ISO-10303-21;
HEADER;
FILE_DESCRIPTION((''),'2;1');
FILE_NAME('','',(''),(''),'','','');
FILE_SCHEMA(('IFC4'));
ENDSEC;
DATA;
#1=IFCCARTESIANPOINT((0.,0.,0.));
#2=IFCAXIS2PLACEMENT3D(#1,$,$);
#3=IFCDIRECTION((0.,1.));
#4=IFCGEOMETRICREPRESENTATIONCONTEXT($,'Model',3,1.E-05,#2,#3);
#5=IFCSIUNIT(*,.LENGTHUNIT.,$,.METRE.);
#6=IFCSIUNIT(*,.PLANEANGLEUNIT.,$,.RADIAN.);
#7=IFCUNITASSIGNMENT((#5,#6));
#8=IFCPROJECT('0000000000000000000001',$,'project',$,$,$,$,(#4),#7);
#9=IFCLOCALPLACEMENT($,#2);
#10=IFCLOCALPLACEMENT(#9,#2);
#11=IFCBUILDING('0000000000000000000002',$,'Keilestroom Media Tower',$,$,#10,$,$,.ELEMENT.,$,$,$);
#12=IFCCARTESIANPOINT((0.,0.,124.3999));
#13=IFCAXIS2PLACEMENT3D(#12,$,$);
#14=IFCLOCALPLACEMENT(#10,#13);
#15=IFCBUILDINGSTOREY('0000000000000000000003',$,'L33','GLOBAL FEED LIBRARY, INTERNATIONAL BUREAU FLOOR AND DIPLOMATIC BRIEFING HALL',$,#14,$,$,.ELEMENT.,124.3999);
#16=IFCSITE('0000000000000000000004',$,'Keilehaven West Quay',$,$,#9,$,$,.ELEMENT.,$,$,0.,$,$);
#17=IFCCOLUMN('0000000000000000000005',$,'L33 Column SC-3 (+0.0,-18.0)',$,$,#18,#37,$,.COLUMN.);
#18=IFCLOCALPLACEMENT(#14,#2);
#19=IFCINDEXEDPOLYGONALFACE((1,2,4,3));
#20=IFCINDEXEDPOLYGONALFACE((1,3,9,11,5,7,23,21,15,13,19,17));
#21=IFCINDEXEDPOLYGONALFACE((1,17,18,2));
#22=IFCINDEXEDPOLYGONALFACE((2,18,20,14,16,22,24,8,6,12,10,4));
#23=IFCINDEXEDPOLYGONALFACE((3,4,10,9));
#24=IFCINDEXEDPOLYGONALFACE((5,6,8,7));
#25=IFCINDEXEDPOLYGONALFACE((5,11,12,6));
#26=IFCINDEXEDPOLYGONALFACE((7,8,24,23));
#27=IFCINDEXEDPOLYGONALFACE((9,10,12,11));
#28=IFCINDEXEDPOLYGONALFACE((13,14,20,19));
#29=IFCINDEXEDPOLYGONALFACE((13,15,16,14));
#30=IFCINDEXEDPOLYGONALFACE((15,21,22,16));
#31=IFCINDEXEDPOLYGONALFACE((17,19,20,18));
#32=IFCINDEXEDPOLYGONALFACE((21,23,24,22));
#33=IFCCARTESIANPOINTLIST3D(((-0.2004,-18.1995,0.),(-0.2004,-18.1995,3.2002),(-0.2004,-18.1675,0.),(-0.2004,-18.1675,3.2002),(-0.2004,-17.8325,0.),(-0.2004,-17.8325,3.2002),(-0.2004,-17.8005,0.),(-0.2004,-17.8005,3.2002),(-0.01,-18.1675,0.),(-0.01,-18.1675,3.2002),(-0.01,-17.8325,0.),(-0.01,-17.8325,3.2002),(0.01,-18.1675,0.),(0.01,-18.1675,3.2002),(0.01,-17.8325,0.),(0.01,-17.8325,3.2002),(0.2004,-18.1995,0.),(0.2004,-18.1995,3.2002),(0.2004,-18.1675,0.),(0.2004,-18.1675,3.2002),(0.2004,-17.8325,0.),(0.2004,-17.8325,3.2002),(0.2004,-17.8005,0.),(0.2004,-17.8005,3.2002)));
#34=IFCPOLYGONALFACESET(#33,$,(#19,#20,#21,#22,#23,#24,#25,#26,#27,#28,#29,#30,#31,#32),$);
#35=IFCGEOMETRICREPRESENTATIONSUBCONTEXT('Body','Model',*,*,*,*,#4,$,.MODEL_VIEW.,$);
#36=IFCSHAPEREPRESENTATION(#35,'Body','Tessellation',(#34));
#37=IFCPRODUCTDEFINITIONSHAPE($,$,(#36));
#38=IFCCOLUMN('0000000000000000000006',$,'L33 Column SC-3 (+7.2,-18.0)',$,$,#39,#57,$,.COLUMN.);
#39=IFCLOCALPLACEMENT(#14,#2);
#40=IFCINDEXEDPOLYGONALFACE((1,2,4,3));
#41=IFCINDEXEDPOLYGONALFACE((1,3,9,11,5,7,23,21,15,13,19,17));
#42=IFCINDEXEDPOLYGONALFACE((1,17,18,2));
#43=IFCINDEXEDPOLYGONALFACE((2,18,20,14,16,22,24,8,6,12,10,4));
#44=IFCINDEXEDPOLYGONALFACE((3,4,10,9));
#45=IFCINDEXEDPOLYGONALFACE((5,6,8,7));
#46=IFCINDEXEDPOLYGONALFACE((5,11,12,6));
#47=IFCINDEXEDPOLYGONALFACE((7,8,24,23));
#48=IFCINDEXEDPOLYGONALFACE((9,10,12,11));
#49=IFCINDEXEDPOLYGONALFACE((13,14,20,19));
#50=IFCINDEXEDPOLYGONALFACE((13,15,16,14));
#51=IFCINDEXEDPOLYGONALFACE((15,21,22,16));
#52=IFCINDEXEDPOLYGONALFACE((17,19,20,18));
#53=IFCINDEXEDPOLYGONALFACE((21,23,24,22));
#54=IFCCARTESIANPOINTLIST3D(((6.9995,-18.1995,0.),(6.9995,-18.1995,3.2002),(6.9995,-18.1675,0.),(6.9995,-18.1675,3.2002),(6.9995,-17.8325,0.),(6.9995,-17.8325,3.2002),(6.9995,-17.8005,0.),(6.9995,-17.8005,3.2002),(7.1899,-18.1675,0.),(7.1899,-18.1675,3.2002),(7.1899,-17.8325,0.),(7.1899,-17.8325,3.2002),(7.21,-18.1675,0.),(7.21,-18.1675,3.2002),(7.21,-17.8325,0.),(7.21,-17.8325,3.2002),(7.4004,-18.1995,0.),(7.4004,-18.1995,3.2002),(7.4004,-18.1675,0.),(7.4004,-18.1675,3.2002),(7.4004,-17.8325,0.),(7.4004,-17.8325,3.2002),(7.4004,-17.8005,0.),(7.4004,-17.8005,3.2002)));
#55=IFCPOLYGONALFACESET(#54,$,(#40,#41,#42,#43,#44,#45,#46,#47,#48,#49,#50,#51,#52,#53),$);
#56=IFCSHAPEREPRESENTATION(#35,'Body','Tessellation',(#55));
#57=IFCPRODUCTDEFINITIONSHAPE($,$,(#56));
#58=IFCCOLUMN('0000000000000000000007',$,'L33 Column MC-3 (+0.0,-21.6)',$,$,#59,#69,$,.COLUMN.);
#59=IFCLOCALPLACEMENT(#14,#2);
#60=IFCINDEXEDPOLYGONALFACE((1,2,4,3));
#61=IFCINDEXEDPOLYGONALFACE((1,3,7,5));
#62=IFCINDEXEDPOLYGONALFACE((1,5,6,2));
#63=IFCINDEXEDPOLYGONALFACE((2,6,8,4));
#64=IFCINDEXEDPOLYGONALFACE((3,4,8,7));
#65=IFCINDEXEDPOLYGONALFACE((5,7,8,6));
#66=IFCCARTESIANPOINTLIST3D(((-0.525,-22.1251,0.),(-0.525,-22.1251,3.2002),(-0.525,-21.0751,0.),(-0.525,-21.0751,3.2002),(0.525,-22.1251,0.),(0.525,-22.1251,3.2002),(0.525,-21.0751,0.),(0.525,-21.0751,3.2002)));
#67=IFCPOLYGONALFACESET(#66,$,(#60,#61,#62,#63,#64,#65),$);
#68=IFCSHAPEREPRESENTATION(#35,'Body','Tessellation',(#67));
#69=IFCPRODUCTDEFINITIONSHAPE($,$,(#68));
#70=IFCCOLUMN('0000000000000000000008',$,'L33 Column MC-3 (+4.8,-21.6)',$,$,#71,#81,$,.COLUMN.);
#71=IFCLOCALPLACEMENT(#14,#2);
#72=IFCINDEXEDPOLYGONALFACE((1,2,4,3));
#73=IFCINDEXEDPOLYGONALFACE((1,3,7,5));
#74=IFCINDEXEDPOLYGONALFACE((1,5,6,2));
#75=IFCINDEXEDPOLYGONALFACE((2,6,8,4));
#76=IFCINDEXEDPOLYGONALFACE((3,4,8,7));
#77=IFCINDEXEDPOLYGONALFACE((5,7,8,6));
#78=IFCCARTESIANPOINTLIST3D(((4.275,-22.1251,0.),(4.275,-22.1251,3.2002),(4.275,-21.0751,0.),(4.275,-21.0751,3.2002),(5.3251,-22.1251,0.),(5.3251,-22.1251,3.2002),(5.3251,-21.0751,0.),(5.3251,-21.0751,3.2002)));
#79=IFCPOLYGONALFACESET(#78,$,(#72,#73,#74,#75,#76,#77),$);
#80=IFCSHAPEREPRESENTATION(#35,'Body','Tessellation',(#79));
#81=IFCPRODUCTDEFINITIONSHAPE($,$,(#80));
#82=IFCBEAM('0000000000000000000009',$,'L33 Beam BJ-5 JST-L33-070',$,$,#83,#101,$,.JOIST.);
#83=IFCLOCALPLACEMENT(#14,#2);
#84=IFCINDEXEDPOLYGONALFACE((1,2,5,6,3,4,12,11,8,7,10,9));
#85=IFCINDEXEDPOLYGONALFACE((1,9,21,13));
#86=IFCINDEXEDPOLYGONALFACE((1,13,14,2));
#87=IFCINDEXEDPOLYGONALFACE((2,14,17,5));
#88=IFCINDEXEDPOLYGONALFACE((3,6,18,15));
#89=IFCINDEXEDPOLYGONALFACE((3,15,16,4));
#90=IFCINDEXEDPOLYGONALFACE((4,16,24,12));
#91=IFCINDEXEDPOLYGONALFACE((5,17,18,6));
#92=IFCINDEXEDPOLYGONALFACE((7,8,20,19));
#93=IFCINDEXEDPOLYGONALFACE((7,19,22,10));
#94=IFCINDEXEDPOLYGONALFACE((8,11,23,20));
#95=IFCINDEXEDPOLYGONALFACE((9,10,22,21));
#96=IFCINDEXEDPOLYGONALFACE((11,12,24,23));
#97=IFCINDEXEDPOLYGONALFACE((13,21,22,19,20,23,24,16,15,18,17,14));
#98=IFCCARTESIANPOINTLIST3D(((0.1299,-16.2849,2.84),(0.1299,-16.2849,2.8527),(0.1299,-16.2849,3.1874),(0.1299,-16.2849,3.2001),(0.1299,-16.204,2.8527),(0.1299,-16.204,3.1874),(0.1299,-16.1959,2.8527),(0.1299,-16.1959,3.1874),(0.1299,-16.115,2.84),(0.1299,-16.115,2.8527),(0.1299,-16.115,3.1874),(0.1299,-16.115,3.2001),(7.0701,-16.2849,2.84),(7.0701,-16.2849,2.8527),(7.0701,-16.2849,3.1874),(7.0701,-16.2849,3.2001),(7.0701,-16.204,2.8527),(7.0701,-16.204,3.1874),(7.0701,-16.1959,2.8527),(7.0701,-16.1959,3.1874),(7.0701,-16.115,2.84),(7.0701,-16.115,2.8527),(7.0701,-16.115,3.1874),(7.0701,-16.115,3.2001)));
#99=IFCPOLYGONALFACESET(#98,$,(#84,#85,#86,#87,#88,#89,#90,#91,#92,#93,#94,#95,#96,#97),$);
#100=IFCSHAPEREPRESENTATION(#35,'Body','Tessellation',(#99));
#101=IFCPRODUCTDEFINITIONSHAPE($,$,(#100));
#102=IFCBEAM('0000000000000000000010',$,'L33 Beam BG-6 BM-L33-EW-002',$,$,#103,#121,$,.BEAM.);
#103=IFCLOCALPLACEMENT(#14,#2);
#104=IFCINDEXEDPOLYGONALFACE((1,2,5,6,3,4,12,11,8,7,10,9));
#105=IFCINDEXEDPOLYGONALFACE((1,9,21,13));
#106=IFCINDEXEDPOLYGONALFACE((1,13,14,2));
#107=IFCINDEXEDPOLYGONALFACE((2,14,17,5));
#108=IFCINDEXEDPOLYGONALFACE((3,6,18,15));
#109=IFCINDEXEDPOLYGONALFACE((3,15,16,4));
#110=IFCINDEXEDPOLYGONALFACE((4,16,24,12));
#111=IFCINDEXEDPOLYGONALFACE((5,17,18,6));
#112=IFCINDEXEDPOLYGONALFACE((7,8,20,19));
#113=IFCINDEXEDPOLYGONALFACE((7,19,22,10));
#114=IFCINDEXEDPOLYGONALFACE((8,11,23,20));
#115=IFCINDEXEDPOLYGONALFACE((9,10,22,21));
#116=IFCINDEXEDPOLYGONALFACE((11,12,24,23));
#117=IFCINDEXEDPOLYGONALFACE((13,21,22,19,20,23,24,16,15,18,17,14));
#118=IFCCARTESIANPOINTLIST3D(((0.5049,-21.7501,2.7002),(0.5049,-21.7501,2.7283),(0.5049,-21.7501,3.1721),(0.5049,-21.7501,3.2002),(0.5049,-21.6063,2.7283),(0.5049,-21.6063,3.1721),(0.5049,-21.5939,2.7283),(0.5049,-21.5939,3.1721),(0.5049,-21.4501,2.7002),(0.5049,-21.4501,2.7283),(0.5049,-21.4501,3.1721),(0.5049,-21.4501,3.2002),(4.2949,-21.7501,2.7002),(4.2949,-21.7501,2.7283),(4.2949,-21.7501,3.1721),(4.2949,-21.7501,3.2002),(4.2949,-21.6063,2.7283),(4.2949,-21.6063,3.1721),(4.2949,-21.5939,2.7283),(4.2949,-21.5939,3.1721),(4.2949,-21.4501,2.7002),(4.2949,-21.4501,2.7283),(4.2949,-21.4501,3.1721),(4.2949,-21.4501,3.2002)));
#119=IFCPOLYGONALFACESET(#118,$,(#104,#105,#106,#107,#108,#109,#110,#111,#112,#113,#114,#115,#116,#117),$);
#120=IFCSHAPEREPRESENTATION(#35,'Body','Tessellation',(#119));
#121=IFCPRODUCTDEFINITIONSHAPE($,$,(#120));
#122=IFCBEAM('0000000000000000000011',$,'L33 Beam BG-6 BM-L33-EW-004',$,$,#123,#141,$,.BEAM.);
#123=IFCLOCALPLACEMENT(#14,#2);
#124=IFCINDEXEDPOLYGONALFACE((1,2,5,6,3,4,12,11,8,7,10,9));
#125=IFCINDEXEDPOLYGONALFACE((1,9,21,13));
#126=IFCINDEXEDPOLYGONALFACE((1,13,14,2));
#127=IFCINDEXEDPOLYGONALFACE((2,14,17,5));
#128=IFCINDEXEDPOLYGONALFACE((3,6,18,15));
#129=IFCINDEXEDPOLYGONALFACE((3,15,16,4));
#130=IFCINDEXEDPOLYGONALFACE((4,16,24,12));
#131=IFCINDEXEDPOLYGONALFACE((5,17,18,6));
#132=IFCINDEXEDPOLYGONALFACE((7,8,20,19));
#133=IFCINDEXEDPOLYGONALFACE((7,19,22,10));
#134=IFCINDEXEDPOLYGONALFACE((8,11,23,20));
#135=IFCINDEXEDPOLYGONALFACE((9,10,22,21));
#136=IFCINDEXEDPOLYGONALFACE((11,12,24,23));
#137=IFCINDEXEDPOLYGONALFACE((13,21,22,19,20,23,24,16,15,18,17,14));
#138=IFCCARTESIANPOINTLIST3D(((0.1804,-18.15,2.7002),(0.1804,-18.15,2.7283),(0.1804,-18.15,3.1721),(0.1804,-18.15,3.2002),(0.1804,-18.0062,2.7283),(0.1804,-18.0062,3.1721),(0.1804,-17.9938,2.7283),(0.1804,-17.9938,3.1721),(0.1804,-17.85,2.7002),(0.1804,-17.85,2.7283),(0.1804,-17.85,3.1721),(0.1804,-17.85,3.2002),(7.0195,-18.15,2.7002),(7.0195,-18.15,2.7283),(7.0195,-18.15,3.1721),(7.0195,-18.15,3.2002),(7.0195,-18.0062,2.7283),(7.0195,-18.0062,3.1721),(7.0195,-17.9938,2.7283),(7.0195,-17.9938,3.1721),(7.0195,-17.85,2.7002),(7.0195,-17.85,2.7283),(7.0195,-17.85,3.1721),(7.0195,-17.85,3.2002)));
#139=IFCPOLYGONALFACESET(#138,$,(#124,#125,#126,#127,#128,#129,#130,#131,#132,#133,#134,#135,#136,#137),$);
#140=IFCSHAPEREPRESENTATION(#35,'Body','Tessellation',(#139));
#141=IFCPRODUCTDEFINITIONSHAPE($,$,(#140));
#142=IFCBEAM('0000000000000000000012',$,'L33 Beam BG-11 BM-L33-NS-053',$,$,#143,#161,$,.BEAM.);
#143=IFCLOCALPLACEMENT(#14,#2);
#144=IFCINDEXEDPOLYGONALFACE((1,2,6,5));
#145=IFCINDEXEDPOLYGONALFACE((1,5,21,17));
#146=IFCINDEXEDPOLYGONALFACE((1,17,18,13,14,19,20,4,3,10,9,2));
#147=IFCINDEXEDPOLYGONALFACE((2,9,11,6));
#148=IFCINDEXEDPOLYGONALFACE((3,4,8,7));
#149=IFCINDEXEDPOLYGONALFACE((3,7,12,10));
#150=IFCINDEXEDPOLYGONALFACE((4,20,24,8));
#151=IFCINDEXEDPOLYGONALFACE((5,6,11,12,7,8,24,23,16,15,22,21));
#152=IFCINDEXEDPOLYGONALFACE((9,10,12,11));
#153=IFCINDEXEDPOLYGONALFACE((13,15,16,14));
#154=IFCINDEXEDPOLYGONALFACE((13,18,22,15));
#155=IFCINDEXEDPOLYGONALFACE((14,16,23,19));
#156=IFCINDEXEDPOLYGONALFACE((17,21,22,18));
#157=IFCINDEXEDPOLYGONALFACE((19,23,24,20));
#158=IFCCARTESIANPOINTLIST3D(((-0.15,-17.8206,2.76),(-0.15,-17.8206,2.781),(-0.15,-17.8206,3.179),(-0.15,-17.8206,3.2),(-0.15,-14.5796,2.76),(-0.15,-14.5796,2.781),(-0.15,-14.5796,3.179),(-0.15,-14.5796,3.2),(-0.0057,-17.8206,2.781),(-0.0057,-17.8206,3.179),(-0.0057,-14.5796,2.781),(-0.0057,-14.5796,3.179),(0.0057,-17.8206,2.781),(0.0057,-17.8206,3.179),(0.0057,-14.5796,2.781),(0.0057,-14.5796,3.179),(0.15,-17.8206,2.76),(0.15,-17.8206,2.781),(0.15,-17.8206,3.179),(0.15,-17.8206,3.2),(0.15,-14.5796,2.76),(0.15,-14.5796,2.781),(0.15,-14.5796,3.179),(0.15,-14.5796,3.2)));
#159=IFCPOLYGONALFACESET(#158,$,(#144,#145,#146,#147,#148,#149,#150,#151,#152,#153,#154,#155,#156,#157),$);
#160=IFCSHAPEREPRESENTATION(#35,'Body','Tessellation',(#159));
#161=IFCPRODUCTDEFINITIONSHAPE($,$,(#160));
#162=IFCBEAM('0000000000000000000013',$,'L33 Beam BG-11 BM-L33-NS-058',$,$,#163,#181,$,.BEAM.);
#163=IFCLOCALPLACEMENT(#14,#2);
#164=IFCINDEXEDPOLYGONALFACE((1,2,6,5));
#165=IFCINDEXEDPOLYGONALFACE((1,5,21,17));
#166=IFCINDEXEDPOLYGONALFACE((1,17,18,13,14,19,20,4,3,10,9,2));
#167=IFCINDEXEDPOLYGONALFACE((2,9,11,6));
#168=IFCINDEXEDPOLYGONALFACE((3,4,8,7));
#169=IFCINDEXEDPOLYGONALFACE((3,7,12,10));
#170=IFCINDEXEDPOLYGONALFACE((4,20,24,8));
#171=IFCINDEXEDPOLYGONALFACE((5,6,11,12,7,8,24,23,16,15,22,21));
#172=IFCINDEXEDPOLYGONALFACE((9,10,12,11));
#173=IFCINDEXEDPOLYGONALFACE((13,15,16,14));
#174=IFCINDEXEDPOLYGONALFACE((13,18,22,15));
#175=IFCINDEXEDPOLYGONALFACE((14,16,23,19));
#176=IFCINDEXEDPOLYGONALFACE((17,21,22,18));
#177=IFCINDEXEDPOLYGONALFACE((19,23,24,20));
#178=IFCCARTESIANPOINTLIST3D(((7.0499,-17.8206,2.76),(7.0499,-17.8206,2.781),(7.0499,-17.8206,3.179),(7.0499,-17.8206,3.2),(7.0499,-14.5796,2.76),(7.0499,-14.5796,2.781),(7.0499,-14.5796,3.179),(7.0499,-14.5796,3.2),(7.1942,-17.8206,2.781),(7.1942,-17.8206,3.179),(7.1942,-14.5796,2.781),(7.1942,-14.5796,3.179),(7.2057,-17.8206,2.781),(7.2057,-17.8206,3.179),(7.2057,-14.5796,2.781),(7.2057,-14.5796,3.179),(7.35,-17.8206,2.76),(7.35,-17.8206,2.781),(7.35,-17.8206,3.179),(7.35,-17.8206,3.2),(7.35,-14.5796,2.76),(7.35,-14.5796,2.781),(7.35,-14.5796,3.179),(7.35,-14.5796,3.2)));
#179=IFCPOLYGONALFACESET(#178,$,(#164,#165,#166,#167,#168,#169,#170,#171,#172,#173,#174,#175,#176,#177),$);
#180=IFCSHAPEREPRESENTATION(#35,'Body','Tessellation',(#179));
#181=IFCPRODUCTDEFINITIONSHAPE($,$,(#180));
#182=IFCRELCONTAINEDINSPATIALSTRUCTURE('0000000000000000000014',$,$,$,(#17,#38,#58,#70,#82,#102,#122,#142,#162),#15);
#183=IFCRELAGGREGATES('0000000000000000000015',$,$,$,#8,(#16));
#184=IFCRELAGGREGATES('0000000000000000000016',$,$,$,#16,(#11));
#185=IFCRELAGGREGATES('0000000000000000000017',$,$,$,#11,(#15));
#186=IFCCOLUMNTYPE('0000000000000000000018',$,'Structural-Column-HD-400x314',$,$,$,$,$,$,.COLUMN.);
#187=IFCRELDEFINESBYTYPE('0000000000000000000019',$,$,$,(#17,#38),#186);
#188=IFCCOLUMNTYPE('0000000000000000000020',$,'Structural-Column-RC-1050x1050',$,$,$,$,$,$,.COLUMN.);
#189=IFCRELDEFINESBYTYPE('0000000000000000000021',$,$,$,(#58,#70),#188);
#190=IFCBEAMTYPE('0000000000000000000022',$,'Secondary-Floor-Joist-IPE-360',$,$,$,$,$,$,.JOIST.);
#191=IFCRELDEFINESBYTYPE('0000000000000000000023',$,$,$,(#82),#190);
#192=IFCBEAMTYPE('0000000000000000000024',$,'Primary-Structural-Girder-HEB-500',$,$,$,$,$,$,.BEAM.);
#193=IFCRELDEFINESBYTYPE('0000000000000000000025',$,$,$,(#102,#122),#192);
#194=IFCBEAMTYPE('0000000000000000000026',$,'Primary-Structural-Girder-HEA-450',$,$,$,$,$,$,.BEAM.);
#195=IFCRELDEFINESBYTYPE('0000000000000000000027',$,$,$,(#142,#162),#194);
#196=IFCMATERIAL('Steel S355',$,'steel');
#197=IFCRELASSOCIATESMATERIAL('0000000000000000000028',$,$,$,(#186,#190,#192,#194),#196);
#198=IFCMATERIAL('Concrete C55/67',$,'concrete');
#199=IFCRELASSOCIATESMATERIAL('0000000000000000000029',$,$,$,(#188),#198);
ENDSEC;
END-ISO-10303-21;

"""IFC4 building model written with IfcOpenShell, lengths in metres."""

from ifc_helpers import new_model, si_unit, direction, frame, origin, origin_2d, place, context, subcontext, project, spatial, rectangle, i_section, extrude, source, transform, mapped, material, material_profile, profile_set, type_object, element, save


model = new_model("IFC4")

# Units and contexts
model_context = context("Model", 3, precision=1e-05, world=origin(), true_north=direction((0.0, 1.0)))
body_context = subcontext(model_context, "Body", "Model", "MODEL_VIEW")
ifc_project = project(units=[si_unit("LENGTHUNIT", "METRE"), si_unit("PLANEANGLEUNIT", "RADIAN")], contexts=[model_context])

# Site, building, storey
site_placement = place(None, origin())
site = spatial("IfcSite", under=ifc_project, at=site_placement, Name="Keilehaven West Quay", CompositionType="ELEMENT", RefElevation=0.0)
building_placement = place(site_placement, origin())
building = spatial("IfcBuilding", under=site, at=building_placement, Name="Keilestroom Media Tower", CompositionType="ELEMENT")
storey_placement = place(building_placement, frame((0.0, 0.0, 124.3999)))
storey = spatial("IfcBuildingStorey", under=building, at=storey_placement, Name="L33", Description="GLOBAL FEED LIBRARY, INTERNATIONAL BUREAU FLOOR AND DIPLOMATIC BRIEFING HALL", CompositionType="ELEMENT", Elevation=124.3999)

# Columns
ifc_material_1 = material(Name="Steel S355", Category="steel")
ifc_material_profile_1 = material_profile(ifc_material_1, i_section(OverallWidth=0.4009, OverallDepth=0.3989, WebThickness=0.02, FlangeThickness=0.032, at=origin_2d()), Name="HD 400x314")
ifc_profile_set_1 = profile_set([ifc_material_profile_1], Name="Steel S355")
column_type_1 = type_object("IfcColumnType", Name="Structural-Column-HD-400x314", PredefinedType="COLUMN", material=ifc_profile_set_1)
shared_shape_1 = source(origin(), body_context, "Body", "SweptSolid", [
    extrude(i_section(OverallWidth=0.4009, OverallDepth=0.3989, WebThickness=0.02, FlangeThickness=0.032, at=origin_2d()), origin(), (0.0, 0.0, 1.0), 3.2002),
])
for number, where, z_axis, x_axis, name in (
    (1, (0.0, -18.0, 0.0), (0.0, 0.0, 1.0), (1.0, 0.0, 0.0), "L33 Column SC-3 (+0.0,-18.0)"),
    (2, (7.2, -18.0, 0.0), (0.0, 0.0, 1.0), (1.0, 0.0, 0.0), "L33 Column SC-3 (+7.2,-18.0)"),
):
    element("IfcColumn", number, at=place(storey_placement, frame(where, z_axis=z_axis, x_axis=x_axis)), inside=storey, type_object=column_type_1, Name=name, PredefinedType="COLUMN", context=body_context, shape_type="MappedRepresentation", body=[
        mapped(shared_shape_1, transform((0.0, 0.0, 0.0), x_axis=(1.0, 0.0, 0.0), y_axis=(0.0, 1.0, 0.0), z_axis=(0.0, 0.0, 1.0), scale=1.0)),
    ])
ifc_material_2 = material(Name="Concrete C55/67", Category="concrete")
ifc_material_profile_2 = material_profile(ifc_material_2, rectangle(XDim=1.05, YDim=1.05, at=origin_2d()), Name="RC 1050x1050")
ifc_profile_set_2 = profile_set([ifc_material_profile_2], Name="Concrete C55/67")
column_type_2 = type_object("IfcColumnType", Name="Structural-Column-RC-1050x1050", PredefinedType="COLUMN", material=ifc_profile_set_2)
shared_shape_2 = source(origin(), body_context, "Body", "SweptSolid", [
    extrude(rectangle(XDim=1.05, YDim=1.05, at=origin_2d()), origin(), (0.0, 0.0, 1.0), 3.2002),
])
for number, where, z_axis, x_axis, name in (
    (3, (0.0, -21.6001, 0.0), (0.0, 0.0, 1.0), (1.0, 0.0, 0.0), "L33 Column MC-3 (+0.0,-21.6)"),
    (4, (4.8, -21.6001, 0.0), (0.0, 0.0, 1.0), (1.0, 0.0, 0.0), "L33 Column MC-3 (+4.8,-21.6)"),
):
    element("IfcColumn", number, at=place(storey_placement, frame(where, z_axis=z_axis, x_axis=x_axis)), inside=storey, type_object=column_type_2, Name=name, PredefinedType="COLUMN", context=body_context, shape_type="MappedRepresentation", body=[
        mapped(shared_shape_2, transform((0.0, 0.0, 0.0), x_axis=(1.0, 0.0, 0.0), y_axis=(0.0, 1.0, 0.0), z_axis=(0.0, 0.0, 1.0), scale=1.0)),
    ])

# Beams
ifc_material_profile_3 = material_profile(ifc_material_1, i_section(OverallWidth=0.1699, OverallDepth=0.3601, WebThickness=0.0081, FlangeThickness=0.0127, at=origin_2d()), Name="IPE 360")
ifc_profile_set_3 = profile_set([ifc_material_profile_3], Name="Steel S355")
beam_type_1 = type_object("IfcBeamType", Name="Secondary-Floor-Joist-IPE-360", PredefinedType="JOIST", material=ifc_profile_set_3)
shared_shape_3 = source(origin(), body_context, "Body", "SweptSolid", [
    extrude(i_section(OverallWidth=0.1699, OverallDepth=0.3601, WebThickness=0.0081, FlangeThickness=0.0127, at=origin_2d()), origin(), (0.0, 0.0, 1.0), 6.9402),
])
beam_1_placement = place(storey_placement, frame((0.1299, -16.2, 3.02), z_axis=(1.0, 0.0, 0.0), x_axis=(0.0, 1.0, 0.0)))
element("IfcBeam", 5, at=beam_1_placement, inside=storey, type_object=beam_type_1, Name="L33 Beam BJ-5 JST-L33-070", PredefinedType="JOIST", context=body_context, shape_type="MappedRepresentation", body=[
    mapped(shared_shape_3, transform((0.0, 0.0, 0.0), x_axis=(1.0, 0.0, 0.0), y_axis=(0.0, 1.0, 0.0), z_axis=(0.0, 0.0, 1.0), scale=1.0)),
])
ifc_material_profile_4 = material_profile(ifc_material_1, i_section(OverallWidth=0.3, OverallDepth=0.5, WebThickness=0.0125, FlangeThickness=0.0281, at=origin_2d()), Name="HEB 500")
ifc_profile_set_4 = profile_set([ifc_material_profile_4], Name="Steel S355")
beam_type_2 = type_object("IfcBeamType", Name="Primary-Structural-Girder-HEB-500", PredefinedType="BEAM", material=ifc_profile_set_4)
shared_shape_4 = source(origin(), body_context, "Body", "SweptSolid", [
    extrude(i_section(OverallWidth=0.3, OverallDepth=0.5, WebThickness=0.0125, FlangeThickness=0.0281, at=origin_2d()), origin(), (0.0, 0.0, 1.0), 3.79),
])
beam_2_placement = place(storey_placement, frame((0.5049, -21.6001, 2.9502), z_axis=(1.0, 0.0, 0.0), x_axis=(0.0, 1.0, 0.0)))
element("IfcBeam", 6, at=beam_2_placement, inside=storey, type_object=beam_type_2, Name="L33 Beam BG-6 BM-L33-EW-002", PredefinedType="BEAM", context=body_context, shape_type="MappedRepresentation", body=[
    mapped(shared_shape_4, transform((0.0, 0.0, 0.0), x_axis=(1.0, 0.0, 0.0), y_axis=(0.0, 1.0, 0.0), z_axis=(0.0, 0.0, 1.0), scale=1.0)),
])
shared_shape_5 = source(origin(), body_context, "Body", "SweptSolid", [
    extrude(i_section(OverallWidth=0.3, OverallDepth=0.5, WebThickness=0.0125, FlangeThickness=0.0281, at=origin_2d()), origin(), (0.0, 0.0, 1.0), 6.8391),
])
beam_3_placement = place(storey_placement, frame((0.1804, -18.0, 2.9502), z_axis=(1.0, 0.0, 0.0), x_axis=(0.0, 1.0, 0.0)))
element("IfcBeam", 7, at=beam_3_placement, inside=storey, type_object=beam_type_2, Name="L33 Beam BG-6 BM-L33-EW-004", PredefinedType="BEAM", context=body_context, shape_type="MappedRepresentation", body=[
    mapped(shared_shape_5, transform((0.0, 0.0, 0.0), x_axis=(1.0, 0.0, 0.0), y_axis=(0.0, 1.0, 0.0), z_axis=(0.0, 0.0, 1.0), scale=1.0)),
])
ifc_material_profile_5 = material_profile(ifc_material_1, i_section(OverallWidth=0.3, OverallDepth=0.4399, WebThickness=0.0115, FlangeThickness=0.021, at=origin_2d()), Name="HEA 450")
ifc_profile_set_5 = profile_set([ifc_material_profile_5], Name="Steel S355")
beam_type_3 = type_object("IfcBeamType", Name="Primary-Structural-Girder-HEA-450", PredefinedType="BEAM", material=ifc_profile_set_5)
shared_shape_6 = source(origin(), body_context, "Body", "SweptSolid", [
    extrude(i_section(OverallWidth=0.3, OverallDepth=0.4399, WebThickness=0.0115, FlangeThickness=0.021, at=origin_2d()), origin(), (0.0, 0.0, 1.0), 3.241),
])
for number, where, z_axis, x_axis, name in (
    (8, (0.0, -17.8206, 2.98), (0.0, 1.0, 0.0), (-1.0, 0.0, 0.0), "L33 Beam BG-11 BM-L33-NS-053"),
    (9, (7.2, -17.8206, 2.98), (0.0, 1.0, 0.0), (-1.0, 0.0, 0.0), "L33 Beam BG-11 BM-L33-NS-058"),
):
    element("IfcBeam", number, at=place(storey_placement, frame(where, z_axis=z_axis, x_axis=x_axis)), inside=storey, type_object=beam_type_3, Name=name, PredefinedType="BEAM", context=body_context, shape_type="MappedRepresentation", body=[
        mapped(shared_shape_6, transform((0.0, 0.0, 0.0), x_axis=(1.0, 0.0, 0.0), y_axis=(0.0, 1.0, 0.0), z_axis=(0.0, 0.0, 1.0), scale=1.0)),
    ])

save(model, "model.ifc")
